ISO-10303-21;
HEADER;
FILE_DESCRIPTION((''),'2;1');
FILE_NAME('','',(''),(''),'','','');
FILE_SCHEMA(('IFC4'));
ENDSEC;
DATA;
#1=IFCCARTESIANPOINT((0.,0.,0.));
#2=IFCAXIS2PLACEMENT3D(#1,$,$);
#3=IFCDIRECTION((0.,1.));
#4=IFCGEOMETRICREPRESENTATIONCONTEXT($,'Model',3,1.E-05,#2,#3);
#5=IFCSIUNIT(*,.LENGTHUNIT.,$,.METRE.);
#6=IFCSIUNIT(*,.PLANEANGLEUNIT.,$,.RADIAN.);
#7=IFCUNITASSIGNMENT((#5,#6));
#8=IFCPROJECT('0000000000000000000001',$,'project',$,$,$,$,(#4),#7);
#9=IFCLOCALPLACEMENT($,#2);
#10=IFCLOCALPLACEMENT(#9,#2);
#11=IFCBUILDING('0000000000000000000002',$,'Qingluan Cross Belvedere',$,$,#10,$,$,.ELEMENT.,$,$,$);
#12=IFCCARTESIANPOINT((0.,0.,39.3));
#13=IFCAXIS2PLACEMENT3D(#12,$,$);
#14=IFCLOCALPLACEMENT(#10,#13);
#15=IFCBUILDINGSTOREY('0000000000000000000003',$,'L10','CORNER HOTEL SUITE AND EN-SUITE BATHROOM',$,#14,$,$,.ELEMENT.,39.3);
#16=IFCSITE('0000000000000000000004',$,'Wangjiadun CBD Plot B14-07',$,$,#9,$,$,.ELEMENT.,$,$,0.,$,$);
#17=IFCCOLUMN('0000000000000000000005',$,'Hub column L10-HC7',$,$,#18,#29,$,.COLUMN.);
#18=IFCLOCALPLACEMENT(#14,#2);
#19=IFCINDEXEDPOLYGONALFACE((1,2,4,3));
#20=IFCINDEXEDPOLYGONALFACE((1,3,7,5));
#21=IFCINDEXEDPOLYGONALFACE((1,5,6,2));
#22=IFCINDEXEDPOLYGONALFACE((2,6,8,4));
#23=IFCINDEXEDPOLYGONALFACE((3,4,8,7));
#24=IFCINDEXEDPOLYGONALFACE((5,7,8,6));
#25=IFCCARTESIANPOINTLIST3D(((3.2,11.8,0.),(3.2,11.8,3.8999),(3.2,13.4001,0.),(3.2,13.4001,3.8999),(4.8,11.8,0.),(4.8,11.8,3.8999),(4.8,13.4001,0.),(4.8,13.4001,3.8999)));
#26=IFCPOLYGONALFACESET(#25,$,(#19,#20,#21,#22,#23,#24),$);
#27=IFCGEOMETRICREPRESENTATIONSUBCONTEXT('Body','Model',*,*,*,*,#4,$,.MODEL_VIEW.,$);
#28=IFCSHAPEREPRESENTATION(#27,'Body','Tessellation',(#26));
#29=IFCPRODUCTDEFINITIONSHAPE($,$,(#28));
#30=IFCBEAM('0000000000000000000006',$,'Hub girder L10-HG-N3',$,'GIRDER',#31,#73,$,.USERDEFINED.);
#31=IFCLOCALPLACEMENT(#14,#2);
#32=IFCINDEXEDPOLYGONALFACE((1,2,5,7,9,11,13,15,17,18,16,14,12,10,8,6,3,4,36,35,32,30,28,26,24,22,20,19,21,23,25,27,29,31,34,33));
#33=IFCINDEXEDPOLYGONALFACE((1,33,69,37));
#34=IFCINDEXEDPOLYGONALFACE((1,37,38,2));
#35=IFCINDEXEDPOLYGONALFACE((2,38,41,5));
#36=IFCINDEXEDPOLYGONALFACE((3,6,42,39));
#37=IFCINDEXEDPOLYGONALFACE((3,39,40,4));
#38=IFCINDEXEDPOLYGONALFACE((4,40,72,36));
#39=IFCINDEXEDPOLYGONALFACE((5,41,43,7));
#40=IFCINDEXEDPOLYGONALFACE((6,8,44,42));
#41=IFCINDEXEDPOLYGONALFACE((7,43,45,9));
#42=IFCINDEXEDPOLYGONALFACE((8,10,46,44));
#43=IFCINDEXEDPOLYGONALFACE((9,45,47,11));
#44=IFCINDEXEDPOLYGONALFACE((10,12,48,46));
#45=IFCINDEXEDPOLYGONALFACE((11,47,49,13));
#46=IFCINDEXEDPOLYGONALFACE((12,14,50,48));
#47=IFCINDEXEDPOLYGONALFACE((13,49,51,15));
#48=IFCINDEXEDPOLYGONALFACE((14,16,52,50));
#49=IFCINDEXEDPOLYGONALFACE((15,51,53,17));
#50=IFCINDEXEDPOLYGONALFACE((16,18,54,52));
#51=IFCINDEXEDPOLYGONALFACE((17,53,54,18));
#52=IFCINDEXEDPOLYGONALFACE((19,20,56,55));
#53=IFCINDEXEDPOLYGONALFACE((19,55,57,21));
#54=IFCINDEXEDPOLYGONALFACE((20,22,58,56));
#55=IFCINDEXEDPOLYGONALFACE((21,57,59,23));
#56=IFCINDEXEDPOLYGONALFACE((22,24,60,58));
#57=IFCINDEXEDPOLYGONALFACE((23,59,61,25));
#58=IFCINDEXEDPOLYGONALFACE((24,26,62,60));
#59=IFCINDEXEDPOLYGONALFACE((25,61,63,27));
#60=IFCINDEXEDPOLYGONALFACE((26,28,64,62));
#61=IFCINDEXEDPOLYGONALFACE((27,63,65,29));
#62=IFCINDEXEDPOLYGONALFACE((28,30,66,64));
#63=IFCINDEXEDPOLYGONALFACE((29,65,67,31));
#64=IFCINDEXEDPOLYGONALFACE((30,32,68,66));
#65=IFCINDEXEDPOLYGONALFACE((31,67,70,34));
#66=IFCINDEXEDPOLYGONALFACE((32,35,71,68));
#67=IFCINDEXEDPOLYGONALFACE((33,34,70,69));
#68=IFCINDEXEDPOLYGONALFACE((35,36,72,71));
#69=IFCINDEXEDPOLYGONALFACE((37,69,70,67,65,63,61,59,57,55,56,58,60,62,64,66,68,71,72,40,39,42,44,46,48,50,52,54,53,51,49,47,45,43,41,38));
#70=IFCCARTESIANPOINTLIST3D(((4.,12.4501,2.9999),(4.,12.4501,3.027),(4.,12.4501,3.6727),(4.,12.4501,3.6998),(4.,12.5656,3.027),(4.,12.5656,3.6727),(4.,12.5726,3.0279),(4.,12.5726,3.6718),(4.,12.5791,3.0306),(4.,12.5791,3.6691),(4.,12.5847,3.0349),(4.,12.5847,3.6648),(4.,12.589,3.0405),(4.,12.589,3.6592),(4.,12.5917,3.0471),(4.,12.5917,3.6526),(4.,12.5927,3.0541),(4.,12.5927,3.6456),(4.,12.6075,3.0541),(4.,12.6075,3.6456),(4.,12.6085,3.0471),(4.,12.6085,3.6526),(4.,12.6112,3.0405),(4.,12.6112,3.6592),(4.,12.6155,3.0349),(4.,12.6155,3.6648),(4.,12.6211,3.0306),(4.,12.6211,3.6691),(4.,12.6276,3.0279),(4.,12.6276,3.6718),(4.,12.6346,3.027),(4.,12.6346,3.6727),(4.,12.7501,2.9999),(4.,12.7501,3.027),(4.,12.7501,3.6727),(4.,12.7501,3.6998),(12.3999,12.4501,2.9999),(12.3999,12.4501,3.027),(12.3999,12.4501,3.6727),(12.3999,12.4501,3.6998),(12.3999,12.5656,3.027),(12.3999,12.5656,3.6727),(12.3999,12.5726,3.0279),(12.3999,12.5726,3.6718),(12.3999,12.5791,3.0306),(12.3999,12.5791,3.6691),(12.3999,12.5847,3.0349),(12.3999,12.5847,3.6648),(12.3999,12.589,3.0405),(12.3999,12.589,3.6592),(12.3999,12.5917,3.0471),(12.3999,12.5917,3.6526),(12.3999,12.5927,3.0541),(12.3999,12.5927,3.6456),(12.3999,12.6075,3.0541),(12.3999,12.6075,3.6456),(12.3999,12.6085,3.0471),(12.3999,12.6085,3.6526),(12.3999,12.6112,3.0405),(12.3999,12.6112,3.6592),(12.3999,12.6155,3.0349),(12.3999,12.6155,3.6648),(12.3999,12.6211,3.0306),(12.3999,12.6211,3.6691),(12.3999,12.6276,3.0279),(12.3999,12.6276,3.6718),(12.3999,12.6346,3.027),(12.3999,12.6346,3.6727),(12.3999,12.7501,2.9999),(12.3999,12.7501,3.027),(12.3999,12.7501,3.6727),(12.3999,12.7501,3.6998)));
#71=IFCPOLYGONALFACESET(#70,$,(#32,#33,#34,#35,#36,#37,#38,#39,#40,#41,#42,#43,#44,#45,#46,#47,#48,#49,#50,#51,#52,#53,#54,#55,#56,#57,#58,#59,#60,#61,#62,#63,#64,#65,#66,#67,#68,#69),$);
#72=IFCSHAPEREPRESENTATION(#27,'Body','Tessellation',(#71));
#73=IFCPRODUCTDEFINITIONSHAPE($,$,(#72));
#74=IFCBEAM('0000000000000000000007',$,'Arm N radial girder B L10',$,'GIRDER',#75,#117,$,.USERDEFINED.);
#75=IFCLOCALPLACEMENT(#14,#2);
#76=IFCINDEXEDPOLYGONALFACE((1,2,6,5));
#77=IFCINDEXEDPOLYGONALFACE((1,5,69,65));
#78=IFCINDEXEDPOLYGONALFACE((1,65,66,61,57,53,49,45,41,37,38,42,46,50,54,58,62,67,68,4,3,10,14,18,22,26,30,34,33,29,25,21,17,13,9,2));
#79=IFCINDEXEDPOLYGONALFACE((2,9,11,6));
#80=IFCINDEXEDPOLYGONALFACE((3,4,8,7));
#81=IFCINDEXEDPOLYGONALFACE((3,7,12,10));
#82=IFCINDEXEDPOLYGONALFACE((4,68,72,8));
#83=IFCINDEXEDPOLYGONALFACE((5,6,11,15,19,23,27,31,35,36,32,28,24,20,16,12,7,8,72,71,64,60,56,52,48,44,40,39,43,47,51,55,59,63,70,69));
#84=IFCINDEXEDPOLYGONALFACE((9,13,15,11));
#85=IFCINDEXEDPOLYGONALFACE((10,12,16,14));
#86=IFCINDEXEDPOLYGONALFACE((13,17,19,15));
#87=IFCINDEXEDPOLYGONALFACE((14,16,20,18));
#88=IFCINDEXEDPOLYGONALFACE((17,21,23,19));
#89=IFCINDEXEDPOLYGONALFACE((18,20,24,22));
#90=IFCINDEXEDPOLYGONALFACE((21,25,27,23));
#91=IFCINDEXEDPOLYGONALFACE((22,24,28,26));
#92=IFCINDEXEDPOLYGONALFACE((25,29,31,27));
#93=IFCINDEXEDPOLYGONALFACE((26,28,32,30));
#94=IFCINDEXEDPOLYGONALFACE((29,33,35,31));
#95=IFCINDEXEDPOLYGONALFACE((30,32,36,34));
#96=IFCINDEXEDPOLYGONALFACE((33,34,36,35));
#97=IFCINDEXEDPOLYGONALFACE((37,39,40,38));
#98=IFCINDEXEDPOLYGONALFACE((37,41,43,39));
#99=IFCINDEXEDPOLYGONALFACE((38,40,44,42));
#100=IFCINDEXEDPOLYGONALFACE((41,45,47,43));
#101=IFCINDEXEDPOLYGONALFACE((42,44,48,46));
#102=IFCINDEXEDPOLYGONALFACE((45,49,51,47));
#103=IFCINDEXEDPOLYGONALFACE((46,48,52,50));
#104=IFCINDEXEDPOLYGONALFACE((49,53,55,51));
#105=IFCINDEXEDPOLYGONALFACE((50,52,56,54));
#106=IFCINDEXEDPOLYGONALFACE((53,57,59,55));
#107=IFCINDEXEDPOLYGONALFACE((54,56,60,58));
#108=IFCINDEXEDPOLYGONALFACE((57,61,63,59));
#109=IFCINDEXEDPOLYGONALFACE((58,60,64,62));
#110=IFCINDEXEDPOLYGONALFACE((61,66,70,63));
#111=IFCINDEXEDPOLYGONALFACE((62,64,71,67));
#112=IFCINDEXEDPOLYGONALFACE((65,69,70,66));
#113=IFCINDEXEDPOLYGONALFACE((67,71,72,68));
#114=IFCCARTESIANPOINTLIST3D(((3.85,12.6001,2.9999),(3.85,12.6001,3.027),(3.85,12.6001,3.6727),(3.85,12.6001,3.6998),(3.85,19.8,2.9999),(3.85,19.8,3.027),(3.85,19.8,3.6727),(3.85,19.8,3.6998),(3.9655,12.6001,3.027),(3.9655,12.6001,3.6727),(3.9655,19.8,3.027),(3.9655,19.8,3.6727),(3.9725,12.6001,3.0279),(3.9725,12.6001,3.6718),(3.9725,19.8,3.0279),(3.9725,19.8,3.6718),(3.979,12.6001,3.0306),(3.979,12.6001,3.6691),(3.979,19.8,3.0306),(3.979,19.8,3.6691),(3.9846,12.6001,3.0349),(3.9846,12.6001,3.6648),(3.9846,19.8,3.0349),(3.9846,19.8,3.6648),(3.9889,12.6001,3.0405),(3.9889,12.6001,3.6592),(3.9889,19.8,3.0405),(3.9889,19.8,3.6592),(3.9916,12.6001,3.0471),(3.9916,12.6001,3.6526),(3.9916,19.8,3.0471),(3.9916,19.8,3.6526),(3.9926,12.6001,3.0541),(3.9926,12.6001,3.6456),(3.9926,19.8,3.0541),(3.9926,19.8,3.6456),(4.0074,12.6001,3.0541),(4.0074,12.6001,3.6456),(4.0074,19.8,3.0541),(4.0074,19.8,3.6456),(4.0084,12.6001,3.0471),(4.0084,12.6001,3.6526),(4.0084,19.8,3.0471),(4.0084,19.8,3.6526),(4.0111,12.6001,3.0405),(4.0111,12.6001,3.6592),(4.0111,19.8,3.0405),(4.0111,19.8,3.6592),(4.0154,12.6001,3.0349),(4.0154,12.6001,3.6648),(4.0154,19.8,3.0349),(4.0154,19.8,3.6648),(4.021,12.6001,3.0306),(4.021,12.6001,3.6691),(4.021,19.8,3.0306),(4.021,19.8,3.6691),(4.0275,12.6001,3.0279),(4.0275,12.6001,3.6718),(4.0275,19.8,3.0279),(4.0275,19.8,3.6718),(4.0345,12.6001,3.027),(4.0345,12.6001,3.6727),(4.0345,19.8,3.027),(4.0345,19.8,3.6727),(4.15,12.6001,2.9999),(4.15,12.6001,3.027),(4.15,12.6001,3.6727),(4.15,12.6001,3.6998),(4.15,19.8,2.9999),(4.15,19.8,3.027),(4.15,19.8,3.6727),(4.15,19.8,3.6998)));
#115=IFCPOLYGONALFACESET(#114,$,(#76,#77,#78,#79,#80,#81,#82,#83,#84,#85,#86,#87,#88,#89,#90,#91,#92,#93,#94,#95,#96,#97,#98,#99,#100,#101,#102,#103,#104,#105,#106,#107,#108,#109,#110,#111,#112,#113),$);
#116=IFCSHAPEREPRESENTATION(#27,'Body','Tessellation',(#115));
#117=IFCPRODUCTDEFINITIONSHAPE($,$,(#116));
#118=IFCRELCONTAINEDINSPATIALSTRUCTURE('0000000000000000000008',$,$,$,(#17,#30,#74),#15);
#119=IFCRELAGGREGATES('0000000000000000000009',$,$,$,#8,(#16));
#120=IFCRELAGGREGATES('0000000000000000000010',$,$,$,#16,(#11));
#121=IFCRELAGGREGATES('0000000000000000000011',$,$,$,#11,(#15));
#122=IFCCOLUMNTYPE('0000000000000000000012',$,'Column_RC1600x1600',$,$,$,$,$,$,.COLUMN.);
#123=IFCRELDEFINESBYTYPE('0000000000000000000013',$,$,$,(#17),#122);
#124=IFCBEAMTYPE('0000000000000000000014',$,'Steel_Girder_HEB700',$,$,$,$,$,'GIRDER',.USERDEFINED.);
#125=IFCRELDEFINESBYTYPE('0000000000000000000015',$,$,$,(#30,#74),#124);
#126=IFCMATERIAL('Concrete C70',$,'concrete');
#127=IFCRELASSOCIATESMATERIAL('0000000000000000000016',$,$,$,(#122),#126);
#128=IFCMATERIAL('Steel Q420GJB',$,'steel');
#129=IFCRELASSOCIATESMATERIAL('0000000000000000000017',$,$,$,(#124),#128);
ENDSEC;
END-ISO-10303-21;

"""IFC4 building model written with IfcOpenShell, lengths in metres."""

from ifc_helpers import new_model, si_unit, direction, frame, origin, origin_2d, place, context, subcontext, project, spatial, rectangle, i_section, extrude, material, material_profile, profile_set, type_object, element, save


model = new_model("IFC4")

# Units and contexts
model_context = context("Model", 3, precision=1e-05, world=origin(), true_north=direction((0.0, 1.0)))
body_context = subcontext(model_context, "Body", "Model", "MODEL_VIEW")
ifc_project = project(units=[si_unit("LENGTHUNIT", "METRE"), si_unit("PLANEANGLEUNIT", "RADIAN")], contexts=[model_context])

# Site, building, storey
site_placement = place(None, origin())
site = spatial("IfcSite", under=ifc_project, at=site_placement, Name="Wangjiadun CBD Plot B14-07", CompositionType="ELEMENT", RefElevation=0.0)
building_placement = place(site_placement, origin())
building = spatial("IfcBuilding", under=site, at=building_placement, Name="Qingluan Cross Belvedere", CompositionType="ELEMENT")
storey_placement = place(building_placement, frame((0.0, 0.0, 39.3)))
storey = spatial("IfcBuildingStorey", under=building, at=storey_placement, Name="L10", Description="CORNER HOTEL SUITE AND EN-SUITE BATHROOM", CompositionType="ELEMENT", Elevation=39.3)

# Column
ifc_material_1 = material(Name="Concrete C70", Category="concrete")
ifc_material_profile_1 = material_profile(ifc_material_1, rectangle(XDim=1.6001, YDim=1.6001, at=origin_2d()), Name="RC1600x1600")
ifc_profile_set_1 = profile_set([ifc_material_profile_1], Name="Concrete C70")
column_type = type_object("IfcColumnType", Name="Column_RC1600x1600", PredefinedType="COLUMN", material=ifc_profile_set_1)
column_placement = place(storey_placement, frame((4.0, 12.6001, 0.0), z_axis=(0.0, 0.0, 1.0), x_axis=(1.0, 0.0, 0.0)))
element("IfcColumn", 1, at=column_placement, inside=storey, type_object=column_type, Name="Hub column L10-HC7", PredefinedType="COLUMN", context=body_context, shape_type="SweptSolid", body=[
    extrude(rectangle(XDim=1.6001, YDim=1.6001, at=origin_2d()), origin(), (0.0, 0.0, 1.0), 3.8999),
])

# Beams
ifc_material_2 = material(Name="Steel Q420GJB", Category="steel")
ifc_material_profile_2 = material_profile(ifc_material_2, i_section(OverallWidth=0.3, OverallDepth=0.7, WebThickness=0.0149, FlangeThickness=0.0271, FilletRadius=0.0271, at=origin_2d()), Name="HEB700")
ifc_profile_set_2 = profile_set([ifc_material_profile_2], Name="Steel Q420GJB")
beam_type = type_object("IfcBeamType", Name="Steel_Girder_HEB700", ElementType="GIRDER", PredefinedType="USERDEFINED", material=ifc_profile_set_2)
beam_1_placement = place(storey_placement, frame((4.0, 12.6001, 3.3499), z_axis=(1.0, 0.0, 0.0), x_axis=(0.0, 1.0, 0.0)))
element("IfcBeam", 2, at=beam_1_placement, inside=storey, type_object=beam_type, Name="Hub girder L10-HG-N3", ObjectType="GIRDER", PredefinedType="USERDEFINED", context=body_context, shape_type="SweptSolid", body=[
    extrude(i_section(OverallWidth=0.3, OverallDepth=0.7, WebThickness=0.0149, FlangeThickness=0.0271, FilletRadius=0.0271, at=origin_2d()), origin(), (0.0, 0.0, 1.0), 8.3999),
])
beam_2_placement = place(storey_placement, frame((4.0, 12.6001, 3.3499), z_axis=(0.0, 1.0, 0.0), x_axis=(-1.0, 0.0, 0.0)))
element("IfcBeam", 3, at=beam_2_placement, inside=storey, type_object=beam_type, Name="Arm N radial girder B L10", ObjectType="GIRDER", PredefinedType="USERDEFINED", context=body_context, shape_type="SweptSolid", body=[
    extrude(i_section(OverallWidth=0.3, OverallDepth=0.7, WebThickness=0.0149, FlangeThickness=0.0271, FilletRadius=0.0271, at=origin_2d()), origin(), (0.0, 0.0, 1.0), 7.2),
])

save(model, "model.ifc")
